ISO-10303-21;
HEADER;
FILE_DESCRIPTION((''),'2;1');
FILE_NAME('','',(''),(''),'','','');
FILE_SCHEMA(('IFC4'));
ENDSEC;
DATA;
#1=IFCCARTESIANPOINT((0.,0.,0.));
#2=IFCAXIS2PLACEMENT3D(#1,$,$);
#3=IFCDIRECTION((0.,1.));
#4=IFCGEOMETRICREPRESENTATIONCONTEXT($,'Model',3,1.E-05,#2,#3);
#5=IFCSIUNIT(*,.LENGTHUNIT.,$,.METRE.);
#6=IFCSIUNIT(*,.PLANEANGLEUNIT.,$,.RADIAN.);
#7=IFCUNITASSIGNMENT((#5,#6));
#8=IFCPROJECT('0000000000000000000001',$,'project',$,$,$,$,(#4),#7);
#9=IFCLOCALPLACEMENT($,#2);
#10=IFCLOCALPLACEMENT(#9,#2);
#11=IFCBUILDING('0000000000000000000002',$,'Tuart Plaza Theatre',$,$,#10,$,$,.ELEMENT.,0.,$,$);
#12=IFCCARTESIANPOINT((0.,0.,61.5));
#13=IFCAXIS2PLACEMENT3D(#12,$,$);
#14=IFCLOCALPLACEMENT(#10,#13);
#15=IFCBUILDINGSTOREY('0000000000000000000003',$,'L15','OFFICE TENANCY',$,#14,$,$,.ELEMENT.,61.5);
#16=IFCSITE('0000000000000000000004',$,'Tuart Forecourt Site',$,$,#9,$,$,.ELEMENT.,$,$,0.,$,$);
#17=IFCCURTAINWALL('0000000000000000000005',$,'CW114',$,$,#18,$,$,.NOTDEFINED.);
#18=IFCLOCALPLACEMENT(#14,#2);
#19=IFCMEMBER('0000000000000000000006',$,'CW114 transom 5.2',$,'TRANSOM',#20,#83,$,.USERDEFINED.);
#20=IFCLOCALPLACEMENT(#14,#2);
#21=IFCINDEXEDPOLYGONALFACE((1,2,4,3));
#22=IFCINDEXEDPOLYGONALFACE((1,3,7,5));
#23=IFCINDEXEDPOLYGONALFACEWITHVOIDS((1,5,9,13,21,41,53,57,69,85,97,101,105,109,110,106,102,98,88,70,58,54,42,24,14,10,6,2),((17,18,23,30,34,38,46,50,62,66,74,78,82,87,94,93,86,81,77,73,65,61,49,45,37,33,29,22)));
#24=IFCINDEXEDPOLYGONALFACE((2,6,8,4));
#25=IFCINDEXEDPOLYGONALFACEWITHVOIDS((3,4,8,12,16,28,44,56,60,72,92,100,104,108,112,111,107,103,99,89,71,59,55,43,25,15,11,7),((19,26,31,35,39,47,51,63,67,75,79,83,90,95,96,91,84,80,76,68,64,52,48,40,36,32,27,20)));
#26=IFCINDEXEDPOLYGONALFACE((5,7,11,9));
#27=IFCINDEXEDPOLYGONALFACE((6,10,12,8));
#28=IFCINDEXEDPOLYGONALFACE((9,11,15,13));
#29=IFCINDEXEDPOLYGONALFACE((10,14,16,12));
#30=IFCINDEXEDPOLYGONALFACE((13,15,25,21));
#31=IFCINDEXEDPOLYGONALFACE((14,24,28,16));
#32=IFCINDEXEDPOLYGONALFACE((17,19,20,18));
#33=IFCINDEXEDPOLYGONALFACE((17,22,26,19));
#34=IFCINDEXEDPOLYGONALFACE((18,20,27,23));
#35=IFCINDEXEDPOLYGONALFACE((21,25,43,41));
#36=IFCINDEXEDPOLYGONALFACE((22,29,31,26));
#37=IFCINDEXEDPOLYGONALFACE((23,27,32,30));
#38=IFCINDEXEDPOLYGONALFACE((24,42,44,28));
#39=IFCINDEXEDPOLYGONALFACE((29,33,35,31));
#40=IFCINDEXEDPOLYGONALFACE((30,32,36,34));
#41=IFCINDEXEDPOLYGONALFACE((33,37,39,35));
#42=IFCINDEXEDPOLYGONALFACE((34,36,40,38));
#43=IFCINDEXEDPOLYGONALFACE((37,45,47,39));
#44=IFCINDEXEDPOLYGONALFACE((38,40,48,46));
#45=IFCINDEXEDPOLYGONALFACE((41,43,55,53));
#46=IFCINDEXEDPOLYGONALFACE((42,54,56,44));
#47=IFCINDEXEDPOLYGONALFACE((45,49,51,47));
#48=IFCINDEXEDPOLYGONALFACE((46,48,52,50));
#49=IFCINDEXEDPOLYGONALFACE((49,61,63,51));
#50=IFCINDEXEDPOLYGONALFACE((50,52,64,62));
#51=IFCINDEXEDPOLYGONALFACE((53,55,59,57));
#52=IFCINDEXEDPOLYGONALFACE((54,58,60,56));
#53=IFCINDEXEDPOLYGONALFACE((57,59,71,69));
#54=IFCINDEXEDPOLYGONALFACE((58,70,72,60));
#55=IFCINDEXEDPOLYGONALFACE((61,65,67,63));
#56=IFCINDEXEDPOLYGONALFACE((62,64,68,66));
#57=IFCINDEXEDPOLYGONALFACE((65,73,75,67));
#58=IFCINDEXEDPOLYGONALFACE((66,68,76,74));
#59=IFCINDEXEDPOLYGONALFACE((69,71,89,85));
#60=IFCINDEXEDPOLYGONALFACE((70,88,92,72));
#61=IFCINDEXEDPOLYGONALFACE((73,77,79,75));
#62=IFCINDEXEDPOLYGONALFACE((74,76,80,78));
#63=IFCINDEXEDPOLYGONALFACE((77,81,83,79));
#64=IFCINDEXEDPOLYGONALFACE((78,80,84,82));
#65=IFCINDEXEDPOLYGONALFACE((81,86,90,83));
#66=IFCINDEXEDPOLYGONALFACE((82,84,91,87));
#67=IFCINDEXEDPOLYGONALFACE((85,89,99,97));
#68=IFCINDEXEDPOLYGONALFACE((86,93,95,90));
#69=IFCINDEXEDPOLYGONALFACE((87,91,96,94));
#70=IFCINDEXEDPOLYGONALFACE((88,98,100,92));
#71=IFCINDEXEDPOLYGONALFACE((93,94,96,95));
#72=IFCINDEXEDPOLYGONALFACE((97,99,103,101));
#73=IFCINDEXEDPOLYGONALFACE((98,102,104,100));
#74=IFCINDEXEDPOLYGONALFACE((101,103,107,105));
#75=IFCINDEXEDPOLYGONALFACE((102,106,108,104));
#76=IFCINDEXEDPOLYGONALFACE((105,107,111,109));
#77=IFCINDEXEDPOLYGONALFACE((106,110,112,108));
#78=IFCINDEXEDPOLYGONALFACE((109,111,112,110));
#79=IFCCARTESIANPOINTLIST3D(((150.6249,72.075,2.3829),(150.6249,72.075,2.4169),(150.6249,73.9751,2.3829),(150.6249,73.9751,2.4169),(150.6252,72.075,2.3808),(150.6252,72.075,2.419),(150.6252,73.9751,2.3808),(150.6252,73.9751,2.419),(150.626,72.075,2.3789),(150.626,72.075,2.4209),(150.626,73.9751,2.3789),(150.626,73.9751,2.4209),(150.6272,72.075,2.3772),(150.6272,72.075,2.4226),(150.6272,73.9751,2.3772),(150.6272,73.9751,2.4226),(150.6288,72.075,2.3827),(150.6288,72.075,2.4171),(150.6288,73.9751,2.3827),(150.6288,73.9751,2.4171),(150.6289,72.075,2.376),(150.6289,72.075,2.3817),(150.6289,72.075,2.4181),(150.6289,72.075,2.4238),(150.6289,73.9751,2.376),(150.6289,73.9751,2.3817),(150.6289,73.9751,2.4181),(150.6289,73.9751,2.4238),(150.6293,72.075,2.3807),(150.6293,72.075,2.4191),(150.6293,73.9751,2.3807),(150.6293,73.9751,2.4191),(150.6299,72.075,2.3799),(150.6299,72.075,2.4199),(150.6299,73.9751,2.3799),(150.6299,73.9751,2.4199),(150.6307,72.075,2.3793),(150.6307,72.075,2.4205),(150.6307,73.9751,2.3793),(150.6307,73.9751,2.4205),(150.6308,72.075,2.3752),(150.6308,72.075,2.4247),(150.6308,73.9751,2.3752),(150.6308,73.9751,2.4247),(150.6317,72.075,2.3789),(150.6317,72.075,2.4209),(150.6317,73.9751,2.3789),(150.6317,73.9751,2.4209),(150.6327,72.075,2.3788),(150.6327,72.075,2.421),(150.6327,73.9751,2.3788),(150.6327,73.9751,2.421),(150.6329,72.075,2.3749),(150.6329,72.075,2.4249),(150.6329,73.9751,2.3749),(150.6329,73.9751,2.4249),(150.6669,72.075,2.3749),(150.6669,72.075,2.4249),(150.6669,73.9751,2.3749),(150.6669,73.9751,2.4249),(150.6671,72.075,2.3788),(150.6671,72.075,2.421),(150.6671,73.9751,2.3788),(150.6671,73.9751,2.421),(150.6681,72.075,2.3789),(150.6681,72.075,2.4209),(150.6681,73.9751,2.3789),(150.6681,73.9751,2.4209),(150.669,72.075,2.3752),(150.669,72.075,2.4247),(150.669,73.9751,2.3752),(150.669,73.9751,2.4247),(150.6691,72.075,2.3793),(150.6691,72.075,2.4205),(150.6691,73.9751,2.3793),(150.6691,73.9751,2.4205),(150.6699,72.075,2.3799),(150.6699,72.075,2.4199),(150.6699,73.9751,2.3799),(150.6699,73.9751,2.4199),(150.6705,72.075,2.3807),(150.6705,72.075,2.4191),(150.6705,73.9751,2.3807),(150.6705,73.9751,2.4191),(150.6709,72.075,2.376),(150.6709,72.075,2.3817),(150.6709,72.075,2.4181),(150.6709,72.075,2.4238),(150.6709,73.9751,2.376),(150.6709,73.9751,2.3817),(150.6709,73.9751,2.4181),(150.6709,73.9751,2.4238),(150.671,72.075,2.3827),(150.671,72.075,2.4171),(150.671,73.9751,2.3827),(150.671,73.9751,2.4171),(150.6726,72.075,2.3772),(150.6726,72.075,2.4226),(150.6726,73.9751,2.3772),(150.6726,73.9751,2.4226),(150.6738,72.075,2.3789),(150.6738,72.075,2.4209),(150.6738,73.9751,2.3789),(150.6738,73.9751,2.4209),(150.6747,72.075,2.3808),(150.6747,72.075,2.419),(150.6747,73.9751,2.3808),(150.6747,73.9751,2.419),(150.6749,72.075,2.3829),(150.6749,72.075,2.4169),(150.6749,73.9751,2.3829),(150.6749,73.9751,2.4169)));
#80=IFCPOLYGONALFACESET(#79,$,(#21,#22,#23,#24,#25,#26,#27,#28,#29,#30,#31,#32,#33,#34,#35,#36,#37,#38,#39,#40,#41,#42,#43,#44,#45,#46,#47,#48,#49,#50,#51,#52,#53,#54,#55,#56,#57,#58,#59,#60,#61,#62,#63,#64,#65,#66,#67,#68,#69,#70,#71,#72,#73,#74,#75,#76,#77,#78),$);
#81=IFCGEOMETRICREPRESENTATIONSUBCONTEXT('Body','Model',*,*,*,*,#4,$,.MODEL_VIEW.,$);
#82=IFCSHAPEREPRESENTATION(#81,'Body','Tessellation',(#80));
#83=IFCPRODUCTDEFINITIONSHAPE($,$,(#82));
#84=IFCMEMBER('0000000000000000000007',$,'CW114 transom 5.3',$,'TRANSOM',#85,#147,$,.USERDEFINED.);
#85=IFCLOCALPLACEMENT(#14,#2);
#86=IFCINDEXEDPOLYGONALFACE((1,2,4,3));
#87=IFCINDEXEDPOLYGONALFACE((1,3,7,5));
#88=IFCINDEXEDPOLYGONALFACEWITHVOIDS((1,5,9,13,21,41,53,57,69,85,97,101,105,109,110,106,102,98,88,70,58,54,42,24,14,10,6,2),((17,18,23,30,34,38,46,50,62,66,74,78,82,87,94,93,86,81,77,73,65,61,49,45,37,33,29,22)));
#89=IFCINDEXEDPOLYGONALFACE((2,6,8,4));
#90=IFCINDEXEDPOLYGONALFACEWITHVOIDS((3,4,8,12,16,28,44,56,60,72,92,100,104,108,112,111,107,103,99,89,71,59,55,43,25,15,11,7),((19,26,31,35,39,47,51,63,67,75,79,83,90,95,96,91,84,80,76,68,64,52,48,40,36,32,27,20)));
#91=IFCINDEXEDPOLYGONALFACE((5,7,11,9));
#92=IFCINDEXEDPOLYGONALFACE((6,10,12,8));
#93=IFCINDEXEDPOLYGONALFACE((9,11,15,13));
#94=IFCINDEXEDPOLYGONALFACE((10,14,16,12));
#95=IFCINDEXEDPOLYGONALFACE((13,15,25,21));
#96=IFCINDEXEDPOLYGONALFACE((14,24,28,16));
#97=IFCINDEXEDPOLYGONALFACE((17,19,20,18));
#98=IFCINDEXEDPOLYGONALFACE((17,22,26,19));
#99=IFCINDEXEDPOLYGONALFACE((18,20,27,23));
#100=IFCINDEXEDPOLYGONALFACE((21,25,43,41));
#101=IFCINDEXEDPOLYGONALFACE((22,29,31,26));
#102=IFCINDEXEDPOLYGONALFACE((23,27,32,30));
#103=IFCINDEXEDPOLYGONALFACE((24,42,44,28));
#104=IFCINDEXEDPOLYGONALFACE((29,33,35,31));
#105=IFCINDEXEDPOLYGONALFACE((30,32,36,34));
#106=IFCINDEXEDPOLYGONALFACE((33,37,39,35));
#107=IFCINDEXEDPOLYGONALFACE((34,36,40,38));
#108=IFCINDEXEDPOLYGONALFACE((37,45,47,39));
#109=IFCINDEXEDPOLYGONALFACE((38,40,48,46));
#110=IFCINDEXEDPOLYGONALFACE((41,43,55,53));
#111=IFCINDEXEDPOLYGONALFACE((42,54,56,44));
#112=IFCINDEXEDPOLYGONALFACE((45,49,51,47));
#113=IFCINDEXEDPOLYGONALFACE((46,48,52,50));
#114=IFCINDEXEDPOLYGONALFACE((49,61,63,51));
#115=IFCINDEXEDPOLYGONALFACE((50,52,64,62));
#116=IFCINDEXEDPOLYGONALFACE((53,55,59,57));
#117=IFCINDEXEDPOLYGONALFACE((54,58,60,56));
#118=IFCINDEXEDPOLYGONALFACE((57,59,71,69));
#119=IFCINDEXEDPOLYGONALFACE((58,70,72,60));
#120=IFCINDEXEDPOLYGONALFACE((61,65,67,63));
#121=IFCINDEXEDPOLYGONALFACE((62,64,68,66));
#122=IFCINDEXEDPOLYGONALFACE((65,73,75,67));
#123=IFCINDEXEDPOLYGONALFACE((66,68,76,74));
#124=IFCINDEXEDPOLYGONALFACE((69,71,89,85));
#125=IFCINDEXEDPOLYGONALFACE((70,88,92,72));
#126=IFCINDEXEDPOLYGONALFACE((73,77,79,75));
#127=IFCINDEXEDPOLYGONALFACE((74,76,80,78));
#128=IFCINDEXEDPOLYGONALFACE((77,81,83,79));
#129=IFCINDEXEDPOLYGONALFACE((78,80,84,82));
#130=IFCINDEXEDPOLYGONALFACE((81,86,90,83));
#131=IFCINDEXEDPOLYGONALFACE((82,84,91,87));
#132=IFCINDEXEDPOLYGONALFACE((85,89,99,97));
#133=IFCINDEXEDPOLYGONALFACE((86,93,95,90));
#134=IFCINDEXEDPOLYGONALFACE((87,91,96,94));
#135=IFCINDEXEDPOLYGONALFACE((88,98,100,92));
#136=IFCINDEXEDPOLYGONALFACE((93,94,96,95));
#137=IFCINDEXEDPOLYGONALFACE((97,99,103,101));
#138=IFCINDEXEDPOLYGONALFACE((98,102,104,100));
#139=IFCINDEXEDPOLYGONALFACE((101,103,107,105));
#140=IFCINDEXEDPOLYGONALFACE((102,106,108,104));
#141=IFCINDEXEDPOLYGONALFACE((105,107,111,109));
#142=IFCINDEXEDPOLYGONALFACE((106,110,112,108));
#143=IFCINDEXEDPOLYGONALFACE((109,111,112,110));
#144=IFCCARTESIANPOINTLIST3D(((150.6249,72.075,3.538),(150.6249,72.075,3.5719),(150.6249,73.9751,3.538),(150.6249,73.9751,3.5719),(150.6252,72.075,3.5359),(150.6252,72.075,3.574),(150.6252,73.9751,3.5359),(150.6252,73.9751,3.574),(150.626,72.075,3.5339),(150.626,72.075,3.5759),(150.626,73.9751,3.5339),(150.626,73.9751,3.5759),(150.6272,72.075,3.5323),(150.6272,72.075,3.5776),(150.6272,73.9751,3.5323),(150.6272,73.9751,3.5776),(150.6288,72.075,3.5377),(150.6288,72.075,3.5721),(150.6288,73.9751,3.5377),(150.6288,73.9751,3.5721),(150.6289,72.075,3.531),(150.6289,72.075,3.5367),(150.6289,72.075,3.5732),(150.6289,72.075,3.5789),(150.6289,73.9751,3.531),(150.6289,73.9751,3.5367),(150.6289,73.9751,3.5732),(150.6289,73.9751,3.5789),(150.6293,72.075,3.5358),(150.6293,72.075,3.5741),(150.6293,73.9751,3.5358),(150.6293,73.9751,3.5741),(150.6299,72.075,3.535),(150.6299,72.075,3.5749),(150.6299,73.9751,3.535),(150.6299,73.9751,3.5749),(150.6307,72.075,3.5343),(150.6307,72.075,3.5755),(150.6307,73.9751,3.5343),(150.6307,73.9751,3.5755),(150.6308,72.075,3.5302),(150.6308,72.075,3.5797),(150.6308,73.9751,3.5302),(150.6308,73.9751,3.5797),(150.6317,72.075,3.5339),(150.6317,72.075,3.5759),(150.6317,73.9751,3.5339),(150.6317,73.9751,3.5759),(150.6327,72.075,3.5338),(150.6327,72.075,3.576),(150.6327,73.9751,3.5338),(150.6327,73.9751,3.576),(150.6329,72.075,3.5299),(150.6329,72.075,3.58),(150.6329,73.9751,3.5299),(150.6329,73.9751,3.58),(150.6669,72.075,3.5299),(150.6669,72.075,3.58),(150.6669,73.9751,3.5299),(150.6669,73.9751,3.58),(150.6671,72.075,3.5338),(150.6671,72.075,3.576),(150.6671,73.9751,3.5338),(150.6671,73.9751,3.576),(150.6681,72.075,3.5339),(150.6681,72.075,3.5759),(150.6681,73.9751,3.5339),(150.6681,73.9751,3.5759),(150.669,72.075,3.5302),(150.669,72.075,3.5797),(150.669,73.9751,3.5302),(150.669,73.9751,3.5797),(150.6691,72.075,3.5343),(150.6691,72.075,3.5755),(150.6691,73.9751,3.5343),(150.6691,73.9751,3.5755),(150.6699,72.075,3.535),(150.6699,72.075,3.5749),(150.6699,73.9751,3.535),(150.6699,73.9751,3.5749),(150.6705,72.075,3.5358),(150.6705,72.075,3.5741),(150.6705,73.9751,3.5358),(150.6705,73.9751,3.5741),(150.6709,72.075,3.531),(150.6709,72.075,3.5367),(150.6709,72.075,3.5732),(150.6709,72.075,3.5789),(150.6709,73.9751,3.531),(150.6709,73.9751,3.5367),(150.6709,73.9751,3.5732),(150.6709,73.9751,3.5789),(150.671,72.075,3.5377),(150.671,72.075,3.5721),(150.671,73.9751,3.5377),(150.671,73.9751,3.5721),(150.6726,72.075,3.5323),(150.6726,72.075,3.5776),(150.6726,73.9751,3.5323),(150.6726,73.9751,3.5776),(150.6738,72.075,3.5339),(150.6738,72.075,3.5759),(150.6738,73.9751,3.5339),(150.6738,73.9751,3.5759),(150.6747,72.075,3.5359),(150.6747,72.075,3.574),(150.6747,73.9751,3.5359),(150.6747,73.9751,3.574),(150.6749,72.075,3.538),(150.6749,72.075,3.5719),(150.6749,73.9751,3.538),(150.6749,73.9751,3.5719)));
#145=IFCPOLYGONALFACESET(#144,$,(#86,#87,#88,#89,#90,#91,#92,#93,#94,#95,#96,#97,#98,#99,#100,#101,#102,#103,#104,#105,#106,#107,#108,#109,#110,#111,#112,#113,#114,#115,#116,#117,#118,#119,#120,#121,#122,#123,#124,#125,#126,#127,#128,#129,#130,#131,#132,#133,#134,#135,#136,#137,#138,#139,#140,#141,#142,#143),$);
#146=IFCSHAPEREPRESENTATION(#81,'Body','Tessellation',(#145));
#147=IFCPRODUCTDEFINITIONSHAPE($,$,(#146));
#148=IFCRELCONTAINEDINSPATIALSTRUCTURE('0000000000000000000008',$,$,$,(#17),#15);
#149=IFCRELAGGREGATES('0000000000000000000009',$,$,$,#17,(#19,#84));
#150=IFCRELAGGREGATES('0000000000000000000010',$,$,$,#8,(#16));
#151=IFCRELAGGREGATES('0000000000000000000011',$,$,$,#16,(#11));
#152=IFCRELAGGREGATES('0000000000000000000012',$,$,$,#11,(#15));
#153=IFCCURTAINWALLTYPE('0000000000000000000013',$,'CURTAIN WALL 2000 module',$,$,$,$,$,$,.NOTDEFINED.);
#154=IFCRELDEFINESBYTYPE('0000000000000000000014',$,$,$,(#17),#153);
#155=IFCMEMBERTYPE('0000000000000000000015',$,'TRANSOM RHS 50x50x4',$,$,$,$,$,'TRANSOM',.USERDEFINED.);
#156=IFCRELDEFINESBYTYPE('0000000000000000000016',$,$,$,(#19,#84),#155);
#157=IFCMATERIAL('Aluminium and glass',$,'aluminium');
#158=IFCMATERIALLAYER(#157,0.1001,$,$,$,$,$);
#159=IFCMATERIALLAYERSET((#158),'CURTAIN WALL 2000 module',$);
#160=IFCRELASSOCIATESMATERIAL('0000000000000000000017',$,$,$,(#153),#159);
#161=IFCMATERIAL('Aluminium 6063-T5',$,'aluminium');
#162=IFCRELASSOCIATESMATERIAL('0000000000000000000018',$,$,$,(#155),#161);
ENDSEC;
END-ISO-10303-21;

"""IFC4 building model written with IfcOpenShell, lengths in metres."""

from ifc_helpers import new_model, si_unit, direction, frame, origin, origin_2d, place, context, subcontext, project, spatial, hollow_rectangle, extrude, material, layer, layer_set, material_profile, profile_set, type_object, element, aggregate, save


model = new_model("IFC4")

# Units and contexts
model_context = context("Model", 3, precision=1e-05, world=origin(), true_north=direction((0.0, 1.0)))
body_context = subcontext(model_context, "Body", "Model", "MODEL_VIEW")
ifc_project = project(units=[si_unit("LENGTHUNIT", "METRE"), si_unit("PLANEANGLEUNIT", "RADIAN")], contexts=[model_context])

# Site, building, storey
site_placement = place(None, origin())
site = spatial("IfcSite", under=ifc_project, at=site_placement, Name="Tuart Forecourt Site", CompositionType="ELEMENT", RefElevation=0.0)
building_placement = place(site_placement, origin())
building = spatial("IfcBuilding", under=site, at=building_placement, Name="Tuart Plaza Theatre", CompositionType="ELEMENT", ElevationOfRefHeight=0.0)
storey_placement = place(building_placement, frame((0.0, 0.0, 61.5)))
storey = spatial("IfcBuildingStorey", under=building, at=storey_placement, Name="L15", Description="OFFICE TENANCY", CompositionType="ELEMENT", Elevation=61.5)

# Curtain wall, members
ifc_material_1 = material(Name="Aluminium and glass", Category="aluminium")
ifc_layer_1 = layer(ifc_material_1, 0.1001)
ifc_layer_set_1 = layer_set([ifc_layer_1], Name="CURTAIN WALL 2000 module")
curtain_wall_type = type_object("IfcCurtainWallType", Name="CURTAIN WALL 2000 module", PredefinedType="NOTDEFINED", material=ifc_layer_set_1)
curtain_wall_placement = place(storey_placement, origin())
curtain_wall = element("IfcCurtainWall", 1, at=curtain_wall_placement, inside=storey, type_object=curtain_wall_type, Name="CW114", PredefinedType="NOTDEFINED")
ifc_material_2 = material(Name="Aluminium 6063-T5", Category="aluminium")
ifc_material_profile_1 = material_profile(ifc_material_2, hollow_rectangle(XDim=0.05, YDim=0.05, WallThickness=0.0039, InnerFilletRadius=0.0039, OuterFilletRadius=0.0081, at=origin_2d()), Name="RHS 50x50x4")
ifc_profile_set_1 = profile_set([ifc_material_profile_1], Name="Aluminium 6063-T5")
member_type_1 = type_object("IfcMemberType", Name="TRANSOM RHS 50x50x4", ElementType="TRANSOM", PredefinedType="USERDEFINED", material=ifc_profile_set_1)
member_1_placement = place(storey_placement, frame((150.6499, 72.075, 2.3999), z_axis=(0.0, 1.0, 0.0), x_axis=(-1.0, 0.0, 0.0)))
member_1 = element("IfcMember", 2, at=member_1_placement, type_object=member_type_1, Name="CW114 transom 5.2", ObjectType="TRANSOM", PredefinedType="USERDEFINED", context=body_context, shape_type="SweptSolid", body=[
    extrude(hollow_rectangle(XDim=0.05, YDim=0.05, WallThickness=0.0039, InnerFilletRadius=0.0039, OuterFilletRadius=0.0081, at=origin_2d()), origin(), (0.0, 0.0, 1.0), 1.9001),
])
member_2_placement = place(storey_placement, frame((150.6499, 72.075, 3.5549), z_axis=(0.0, 1.0, 0.0), x_axis=(-1.0, 0.0, 0.0)))
member_2 = element("IfcMember", 3, at=member_2_placement, type_object=member_type_1, Name="CW114 transom 5.3", ObjectType="TRANSOM", PredefinedType="USERDEFINED", context=body_context, shape_type="SweptSolid", body=[
    extrude(hollow_rectangle(XDim=0.05, YDim=0.05, WallThickness=0.0039, InnerFilletRadius=0.0039, OuterFilletRadius=0.0081, at=origin_2d()), origin(), (0.0, 0.0, 1.0), 1.9001),
])
aggregate(curtain_wall, [member_1, member_2])

save(model, "model.ifc")
